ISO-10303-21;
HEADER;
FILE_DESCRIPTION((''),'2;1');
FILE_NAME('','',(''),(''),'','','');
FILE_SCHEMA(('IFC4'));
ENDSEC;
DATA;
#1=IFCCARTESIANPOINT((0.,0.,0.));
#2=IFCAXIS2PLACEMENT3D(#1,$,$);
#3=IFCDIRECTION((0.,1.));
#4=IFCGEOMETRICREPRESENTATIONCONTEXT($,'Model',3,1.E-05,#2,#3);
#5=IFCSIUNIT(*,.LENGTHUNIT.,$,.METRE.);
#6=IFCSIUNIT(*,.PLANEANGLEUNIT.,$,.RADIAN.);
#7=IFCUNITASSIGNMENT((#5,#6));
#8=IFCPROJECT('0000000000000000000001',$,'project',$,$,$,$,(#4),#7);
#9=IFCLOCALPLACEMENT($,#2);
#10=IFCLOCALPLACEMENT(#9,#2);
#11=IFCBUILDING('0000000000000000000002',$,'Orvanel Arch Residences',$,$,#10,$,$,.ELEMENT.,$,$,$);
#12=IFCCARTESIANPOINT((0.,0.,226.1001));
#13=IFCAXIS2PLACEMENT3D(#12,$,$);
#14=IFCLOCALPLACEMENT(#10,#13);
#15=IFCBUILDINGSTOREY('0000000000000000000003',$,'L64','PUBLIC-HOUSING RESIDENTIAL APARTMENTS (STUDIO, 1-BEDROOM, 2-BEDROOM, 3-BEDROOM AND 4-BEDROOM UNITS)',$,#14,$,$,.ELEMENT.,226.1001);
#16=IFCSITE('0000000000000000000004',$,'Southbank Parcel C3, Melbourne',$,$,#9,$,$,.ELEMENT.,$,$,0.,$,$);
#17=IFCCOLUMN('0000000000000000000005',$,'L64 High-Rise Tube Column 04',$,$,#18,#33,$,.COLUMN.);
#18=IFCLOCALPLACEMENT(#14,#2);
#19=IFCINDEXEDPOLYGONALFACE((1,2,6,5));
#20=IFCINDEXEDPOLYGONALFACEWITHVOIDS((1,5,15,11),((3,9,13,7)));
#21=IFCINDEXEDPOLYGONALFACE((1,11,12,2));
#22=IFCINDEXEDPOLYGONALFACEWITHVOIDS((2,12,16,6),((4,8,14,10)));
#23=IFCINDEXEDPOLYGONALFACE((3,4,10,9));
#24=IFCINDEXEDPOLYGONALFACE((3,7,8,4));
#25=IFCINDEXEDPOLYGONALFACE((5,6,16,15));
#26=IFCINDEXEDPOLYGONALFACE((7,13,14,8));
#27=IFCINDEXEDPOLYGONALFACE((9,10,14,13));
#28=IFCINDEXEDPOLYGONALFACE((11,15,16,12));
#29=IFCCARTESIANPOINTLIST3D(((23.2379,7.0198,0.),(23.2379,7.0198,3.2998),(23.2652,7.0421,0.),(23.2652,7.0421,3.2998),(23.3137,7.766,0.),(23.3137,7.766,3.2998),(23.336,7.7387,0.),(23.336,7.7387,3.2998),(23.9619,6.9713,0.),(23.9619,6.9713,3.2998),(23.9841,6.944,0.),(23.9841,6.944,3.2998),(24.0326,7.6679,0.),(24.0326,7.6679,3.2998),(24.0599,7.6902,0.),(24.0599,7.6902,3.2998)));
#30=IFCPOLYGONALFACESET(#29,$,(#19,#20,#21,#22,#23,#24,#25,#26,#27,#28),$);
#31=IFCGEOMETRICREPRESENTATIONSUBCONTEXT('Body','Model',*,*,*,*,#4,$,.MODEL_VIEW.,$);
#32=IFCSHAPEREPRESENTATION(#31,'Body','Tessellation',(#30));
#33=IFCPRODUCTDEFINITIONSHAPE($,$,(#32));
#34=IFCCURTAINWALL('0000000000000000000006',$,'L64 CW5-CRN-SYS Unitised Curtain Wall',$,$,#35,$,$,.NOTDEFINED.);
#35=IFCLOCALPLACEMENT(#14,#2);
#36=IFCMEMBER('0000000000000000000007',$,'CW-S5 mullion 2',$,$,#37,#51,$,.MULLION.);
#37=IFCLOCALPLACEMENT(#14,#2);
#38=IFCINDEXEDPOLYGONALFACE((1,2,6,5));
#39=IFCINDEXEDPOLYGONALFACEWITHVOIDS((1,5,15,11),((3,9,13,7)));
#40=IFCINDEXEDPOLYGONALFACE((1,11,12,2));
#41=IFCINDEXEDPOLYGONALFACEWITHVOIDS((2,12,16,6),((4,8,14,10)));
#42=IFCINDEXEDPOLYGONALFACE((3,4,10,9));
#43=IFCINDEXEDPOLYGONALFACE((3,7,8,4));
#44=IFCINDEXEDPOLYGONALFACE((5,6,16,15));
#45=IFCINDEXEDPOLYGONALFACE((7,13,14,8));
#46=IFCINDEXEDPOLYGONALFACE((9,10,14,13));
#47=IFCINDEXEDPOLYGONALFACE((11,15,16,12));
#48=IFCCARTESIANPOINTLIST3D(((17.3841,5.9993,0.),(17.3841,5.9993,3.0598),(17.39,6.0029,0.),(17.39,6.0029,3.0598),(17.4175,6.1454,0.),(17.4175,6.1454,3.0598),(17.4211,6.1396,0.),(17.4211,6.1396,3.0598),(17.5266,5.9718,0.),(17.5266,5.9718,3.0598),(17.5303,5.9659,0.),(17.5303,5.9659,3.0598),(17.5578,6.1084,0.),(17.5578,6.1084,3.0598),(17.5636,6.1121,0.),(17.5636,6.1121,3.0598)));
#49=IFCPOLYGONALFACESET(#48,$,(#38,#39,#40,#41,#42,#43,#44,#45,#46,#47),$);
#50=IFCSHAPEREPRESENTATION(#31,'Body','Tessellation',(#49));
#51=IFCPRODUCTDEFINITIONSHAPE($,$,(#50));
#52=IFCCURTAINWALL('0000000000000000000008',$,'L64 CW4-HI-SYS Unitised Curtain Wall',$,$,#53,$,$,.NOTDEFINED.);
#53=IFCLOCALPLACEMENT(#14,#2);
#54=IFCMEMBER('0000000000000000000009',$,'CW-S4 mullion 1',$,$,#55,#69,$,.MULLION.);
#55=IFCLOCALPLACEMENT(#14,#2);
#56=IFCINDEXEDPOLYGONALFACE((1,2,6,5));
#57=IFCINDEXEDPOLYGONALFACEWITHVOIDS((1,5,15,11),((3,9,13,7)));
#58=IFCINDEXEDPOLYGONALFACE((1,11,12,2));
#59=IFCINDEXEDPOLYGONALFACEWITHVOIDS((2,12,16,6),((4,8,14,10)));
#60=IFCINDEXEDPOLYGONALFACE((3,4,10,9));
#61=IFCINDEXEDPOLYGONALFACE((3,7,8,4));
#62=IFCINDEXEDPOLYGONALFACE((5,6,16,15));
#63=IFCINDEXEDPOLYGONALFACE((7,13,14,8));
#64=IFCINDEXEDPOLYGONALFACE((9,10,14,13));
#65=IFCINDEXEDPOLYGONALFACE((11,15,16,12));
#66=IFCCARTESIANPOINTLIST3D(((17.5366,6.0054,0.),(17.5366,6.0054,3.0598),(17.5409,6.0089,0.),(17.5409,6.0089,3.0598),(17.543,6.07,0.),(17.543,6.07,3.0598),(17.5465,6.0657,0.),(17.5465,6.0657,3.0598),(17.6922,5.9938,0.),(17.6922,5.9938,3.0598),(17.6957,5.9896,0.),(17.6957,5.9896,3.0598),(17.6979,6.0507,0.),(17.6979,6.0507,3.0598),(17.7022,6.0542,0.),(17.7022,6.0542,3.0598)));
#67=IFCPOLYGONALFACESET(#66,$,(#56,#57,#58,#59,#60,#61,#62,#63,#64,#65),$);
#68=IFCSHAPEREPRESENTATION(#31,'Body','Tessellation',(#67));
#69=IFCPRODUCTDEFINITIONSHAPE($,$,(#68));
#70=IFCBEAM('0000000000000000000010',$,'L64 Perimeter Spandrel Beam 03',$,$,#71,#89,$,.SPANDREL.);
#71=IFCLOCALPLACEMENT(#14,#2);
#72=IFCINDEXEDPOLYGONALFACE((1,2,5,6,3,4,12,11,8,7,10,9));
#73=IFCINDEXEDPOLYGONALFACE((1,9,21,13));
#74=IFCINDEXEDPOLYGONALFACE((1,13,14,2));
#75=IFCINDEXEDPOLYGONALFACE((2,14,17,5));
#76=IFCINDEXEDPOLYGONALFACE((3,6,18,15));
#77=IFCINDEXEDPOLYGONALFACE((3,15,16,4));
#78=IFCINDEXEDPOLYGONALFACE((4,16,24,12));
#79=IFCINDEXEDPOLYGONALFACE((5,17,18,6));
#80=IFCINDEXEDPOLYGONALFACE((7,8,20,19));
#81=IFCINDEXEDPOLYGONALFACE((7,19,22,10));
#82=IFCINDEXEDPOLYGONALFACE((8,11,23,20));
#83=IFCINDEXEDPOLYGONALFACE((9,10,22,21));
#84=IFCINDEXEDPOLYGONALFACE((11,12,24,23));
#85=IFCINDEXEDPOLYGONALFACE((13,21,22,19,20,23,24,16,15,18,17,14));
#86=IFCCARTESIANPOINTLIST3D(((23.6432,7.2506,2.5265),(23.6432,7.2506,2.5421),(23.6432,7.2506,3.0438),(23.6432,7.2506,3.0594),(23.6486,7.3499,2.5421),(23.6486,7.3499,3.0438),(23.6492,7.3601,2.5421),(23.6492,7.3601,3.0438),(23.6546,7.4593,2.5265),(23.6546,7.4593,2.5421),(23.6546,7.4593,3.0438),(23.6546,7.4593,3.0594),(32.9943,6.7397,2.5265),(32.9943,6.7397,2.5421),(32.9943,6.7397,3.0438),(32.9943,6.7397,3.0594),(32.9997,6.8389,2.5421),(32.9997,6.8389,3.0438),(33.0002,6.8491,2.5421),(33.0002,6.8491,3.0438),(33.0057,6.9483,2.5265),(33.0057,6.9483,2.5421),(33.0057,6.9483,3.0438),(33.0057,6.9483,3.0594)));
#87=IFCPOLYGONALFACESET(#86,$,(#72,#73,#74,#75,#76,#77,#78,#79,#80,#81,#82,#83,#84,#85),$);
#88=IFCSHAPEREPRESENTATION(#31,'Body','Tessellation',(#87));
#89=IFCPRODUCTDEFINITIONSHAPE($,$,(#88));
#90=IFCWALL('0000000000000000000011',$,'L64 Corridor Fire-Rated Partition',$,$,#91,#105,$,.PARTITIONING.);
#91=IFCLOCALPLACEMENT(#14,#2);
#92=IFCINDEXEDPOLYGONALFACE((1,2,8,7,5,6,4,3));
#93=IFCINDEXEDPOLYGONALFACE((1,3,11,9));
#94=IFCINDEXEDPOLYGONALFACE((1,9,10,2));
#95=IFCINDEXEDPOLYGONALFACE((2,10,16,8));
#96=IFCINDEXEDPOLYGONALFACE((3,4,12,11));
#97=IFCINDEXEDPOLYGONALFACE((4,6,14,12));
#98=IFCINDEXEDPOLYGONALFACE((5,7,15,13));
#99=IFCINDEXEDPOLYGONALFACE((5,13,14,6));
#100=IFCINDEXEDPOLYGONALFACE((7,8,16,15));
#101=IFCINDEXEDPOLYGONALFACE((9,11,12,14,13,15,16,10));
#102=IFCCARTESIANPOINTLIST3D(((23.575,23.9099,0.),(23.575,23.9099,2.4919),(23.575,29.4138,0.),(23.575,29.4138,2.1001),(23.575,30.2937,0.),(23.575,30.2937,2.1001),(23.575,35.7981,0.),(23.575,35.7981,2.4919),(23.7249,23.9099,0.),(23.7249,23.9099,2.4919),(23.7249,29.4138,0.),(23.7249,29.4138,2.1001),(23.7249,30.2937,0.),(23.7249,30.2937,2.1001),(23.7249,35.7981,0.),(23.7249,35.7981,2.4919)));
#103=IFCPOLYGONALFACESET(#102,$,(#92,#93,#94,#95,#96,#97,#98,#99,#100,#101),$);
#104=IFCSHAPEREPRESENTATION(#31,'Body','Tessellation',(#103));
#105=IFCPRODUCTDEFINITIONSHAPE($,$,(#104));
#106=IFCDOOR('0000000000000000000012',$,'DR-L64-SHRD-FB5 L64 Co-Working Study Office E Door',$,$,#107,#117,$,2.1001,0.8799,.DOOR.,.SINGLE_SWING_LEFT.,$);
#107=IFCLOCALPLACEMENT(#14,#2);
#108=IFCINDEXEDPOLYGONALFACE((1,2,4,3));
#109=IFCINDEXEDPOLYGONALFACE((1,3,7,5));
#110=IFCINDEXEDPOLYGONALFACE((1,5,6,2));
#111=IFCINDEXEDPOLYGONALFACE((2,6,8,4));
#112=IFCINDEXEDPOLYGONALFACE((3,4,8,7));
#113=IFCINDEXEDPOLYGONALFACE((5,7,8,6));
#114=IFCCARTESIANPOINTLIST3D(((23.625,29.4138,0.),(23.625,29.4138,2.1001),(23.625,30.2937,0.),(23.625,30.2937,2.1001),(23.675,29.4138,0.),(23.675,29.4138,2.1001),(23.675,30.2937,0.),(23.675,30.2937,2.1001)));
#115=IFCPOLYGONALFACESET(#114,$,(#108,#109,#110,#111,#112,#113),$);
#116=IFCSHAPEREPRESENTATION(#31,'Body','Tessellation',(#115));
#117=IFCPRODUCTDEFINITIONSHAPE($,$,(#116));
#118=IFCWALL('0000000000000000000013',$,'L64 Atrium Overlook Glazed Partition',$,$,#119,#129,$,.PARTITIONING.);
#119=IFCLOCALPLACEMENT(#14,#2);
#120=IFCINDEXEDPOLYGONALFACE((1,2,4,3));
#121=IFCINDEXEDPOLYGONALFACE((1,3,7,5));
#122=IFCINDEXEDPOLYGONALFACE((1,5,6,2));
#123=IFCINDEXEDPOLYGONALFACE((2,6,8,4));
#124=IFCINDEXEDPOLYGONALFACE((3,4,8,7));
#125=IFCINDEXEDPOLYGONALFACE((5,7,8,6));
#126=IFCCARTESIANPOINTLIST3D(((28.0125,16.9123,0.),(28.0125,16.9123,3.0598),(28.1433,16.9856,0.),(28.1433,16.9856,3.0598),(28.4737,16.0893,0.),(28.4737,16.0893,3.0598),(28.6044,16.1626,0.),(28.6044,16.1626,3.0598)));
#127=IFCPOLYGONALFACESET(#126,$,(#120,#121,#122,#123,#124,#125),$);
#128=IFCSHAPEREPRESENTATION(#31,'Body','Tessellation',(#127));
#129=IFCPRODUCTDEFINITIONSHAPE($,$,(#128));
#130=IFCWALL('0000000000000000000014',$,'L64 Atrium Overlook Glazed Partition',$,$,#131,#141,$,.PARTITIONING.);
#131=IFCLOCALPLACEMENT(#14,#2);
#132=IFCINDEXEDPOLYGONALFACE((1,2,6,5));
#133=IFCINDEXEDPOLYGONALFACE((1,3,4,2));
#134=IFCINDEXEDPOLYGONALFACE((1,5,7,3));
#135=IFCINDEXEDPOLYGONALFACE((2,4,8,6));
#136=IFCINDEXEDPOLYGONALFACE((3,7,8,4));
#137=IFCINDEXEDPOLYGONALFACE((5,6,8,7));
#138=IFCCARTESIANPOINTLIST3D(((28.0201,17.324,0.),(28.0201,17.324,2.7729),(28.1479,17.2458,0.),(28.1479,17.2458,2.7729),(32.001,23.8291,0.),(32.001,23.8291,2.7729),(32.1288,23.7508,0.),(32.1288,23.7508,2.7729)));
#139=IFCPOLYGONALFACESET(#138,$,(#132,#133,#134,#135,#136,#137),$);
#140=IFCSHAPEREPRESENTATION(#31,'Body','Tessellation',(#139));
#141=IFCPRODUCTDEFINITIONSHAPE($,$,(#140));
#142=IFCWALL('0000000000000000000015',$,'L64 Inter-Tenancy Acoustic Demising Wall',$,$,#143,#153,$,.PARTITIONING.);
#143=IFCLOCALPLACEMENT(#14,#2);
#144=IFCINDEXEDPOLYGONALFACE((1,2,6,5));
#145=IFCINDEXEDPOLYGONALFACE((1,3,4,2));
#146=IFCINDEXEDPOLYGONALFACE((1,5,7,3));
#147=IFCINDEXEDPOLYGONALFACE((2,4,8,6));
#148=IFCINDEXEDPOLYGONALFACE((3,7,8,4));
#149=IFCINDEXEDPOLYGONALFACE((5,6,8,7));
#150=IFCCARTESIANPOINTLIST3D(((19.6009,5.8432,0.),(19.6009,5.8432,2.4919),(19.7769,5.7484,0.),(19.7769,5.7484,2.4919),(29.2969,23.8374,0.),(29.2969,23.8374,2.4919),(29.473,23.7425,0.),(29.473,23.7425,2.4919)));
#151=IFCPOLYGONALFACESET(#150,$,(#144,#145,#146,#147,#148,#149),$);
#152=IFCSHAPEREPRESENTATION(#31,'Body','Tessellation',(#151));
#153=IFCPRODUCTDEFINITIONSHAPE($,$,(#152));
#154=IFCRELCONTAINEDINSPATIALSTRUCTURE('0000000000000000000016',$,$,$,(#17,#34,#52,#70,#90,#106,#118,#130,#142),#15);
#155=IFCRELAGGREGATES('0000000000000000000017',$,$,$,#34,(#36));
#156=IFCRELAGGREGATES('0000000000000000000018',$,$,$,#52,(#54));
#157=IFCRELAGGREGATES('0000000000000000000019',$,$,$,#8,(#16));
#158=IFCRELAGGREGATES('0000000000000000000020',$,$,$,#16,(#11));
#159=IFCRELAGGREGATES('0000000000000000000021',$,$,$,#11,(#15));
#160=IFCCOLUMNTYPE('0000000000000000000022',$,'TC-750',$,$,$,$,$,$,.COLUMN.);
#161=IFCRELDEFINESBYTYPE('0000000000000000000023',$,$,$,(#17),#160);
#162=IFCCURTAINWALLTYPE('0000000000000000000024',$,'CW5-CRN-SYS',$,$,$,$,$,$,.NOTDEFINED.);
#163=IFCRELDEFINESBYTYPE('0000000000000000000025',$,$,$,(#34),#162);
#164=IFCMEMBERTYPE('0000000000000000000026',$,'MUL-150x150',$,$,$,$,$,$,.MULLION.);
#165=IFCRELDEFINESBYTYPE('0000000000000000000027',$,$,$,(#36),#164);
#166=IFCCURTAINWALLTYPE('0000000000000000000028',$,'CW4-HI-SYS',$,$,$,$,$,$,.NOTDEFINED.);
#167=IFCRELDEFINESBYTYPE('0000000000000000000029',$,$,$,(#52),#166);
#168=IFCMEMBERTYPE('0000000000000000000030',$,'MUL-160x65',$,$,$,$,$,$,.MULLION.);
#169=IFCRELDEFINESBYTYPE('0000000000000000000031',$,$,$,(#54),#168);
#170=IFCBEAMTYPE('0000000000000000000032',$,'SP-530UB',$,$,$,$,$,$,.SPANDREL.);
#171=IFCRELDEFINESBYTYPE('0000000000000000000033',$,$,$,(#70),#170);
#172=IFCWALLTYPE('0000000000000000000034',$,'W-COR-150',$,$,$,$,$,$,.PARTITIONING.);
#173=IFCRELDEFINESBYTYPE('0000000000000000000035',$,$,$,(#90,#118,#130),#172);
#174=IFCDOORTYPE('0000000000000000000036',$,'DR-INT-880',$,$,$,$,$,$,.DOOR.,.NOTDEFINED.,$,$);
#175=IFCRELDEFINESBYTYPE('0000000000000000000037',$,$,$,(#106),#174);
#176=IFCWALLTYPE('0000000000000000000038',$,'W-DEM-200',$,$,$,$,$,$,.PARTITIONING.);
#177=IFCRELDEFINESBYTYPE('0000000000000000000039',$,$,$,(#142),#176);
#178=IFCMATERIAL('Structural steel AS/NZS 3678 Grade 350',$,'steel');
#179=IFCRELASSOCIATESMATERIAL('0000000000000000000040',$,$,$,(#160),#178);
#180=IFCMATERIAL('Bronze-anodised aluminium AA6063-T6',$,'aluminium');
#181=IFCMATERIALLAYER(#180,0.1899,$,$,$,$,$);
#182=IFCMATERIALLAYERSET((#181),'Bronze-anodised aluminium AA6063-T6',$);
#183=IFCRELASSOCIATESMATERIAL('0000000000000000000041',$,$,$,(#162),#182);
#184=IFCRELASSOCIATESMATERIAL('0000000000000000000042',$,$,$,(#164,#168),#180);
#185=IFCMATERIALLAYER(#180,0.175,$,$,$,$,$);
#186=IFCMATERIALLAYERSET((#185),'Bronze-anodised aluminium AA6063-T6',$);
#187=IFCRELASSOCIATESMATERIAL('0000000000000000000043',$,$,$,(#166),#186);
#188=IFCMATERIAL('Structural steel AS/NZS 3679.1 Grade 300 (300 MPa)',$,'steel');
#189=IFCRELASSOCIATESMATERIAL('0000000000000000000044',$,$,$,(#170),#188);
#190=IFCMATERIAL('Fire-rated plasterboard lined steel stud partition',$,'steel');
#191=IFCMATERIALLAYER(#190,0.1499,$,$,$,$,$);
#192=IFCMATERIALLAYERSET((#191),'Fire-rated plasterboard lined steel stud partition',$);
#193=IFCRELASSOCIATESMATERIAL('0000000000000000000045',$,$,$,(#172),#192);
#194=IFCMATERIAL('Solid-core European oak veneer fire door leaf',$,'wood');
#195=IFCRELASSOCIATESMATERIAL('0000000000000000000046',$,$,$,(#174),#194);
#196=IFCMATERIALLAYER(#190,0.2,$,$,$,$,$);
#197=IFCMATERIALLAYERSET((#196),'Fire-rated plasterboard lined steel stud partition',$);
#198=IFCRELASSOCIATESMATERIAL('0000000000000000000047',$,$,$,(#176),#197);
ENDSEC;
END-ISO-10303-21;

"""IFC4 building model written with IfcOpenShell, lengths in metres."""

from ifc_helpers import new_model, si_unit, direction, frame, frame_2d, origin, origin_2d, place, context, subcontext, project, spatial, rectangle, hollow_rectangle, i_section, extrude, material, layer, layer_set, material_profile, profile_set, type_object, element, fill, aggregate, save


model = new_model("IFC4")

# Units and contexts
model_context = context("Model", 3, precision=1e-05, world=origin(), true_north=direction((0.0, 1.0)))
body_context = subcontext(model_context, "Body", "Model", "MODEL_VIEW")
ifc_project = project(units=[si_unit("LENGTHUNIT", "METRE"), si_unit("PLANEANGLEUNIT", "RADIAN")], contexts=[model_context])

# Site, building, storey
site_placement = place(None, origin())
site = spatial("IfcSite", under=ifc_project, at=site_placement, Name="Southbank Parcel C3, Melbourne", CompositionType="ELEMENT", RefElevation=0.0)
building_placement = place(site_placement, origin())
building = spatial("IfcBuilding", under=site, at=building_placement, Name="Orvanel Arch Residences", CompositionType="ELEMENT")
storey_placement = place(building_placement, frame((0.0, 0.0, 226.1001)))
storey = spatial("IfcBuildingStorey", under=building, at=storey_placement, Name="L64", Description="PUBLIC-HOUSING RESIDENTIAL APARTMENTS (STUDIO, 1-BEDROOM, 2-BEDROOM, 3-BEDROOM AND 4-BEDROOM UNITS)", CompositionType="ELEMENT", Elevation=226.1001)

# Column
ifc_material_1 = material(Name="Structural steel AS/NZS 3678 Grade 350", Category="steel")
ifc_material_profile_1 = material_profile(ifc_material_1, hollow_rectangle(XDim=0.75, YDim=0.75, WallThickness=0.0249, at=origin_2d()), Name="BOX750x750x25")
ifc_profile_set_1 = profile_set([ifc_material_profile_1], Name="Structural steel AS/NZS 3678 Grade 350")
column_type = type_object("IfcColumnType", Name="TC-750", PredefinedType="COLUMN", material=ifc_profile_set_1)
column_placement = place(storey_placement, frame((23.6489, 7.355, 0.0), z_axis=(0.0, 0.0, 1.0), x_axis=(-0.994881, 0.101056, 0.0)))
element("IfcColumn", 1, at=column_placement, inside=storey, type_object=column_type, Name="L64 High-Rise Tube Column 04", PredefinedType="COLUMN", context=body_context, shape_type="SweptSolid", body=[
    extrude(hollow_rectangle(XDim=0.75, YDim=0.75, WallThickness=0.0249, at=origin_2d()), origin(), (0.0, 0.0, 1.0), 3.2998),
])

# Curtain walls, members
ifc_material_2 = material(Name="Bronze-anodised aluminium AA6063-T6", Category="aluminium")
ifc_layer_1 = layer(ifc_material_2, 0.1899)
ifc_layer_set_1 = layer_set([ifc_layer_1], Name="Bronze-anodised aluminium AA6063-T6")
curtain_wall_type_1 = type_object("IfcCurtainWallType", Name="CW5-CRN-SYS", PredefinedType="NOTDEFINED", material=ifc_layer_set_1)
curtain_wall_1_placement = place(storey_placement, origin())
curtain_wall_1 = element("IfcCurtainWall", 2, at=curtain_wall_1_placement, inside=storey, type_object=curtain_wall_type_1, Name="L64 CW5-CRN-SYS Unitised Curtain Wall", PredefinedType="NOTDEFINED")
ifc_material_profile_2 = material_profile(ifc_material_2, hollow_rectangle(XDim=0.1499, YDim=0.1499, WallThickness=0.0049, at=origin_2d()), Name="ALU150x150x5")
ifc_profile_set_2 = profile_set([ifc_material_profile_2], Name="Bronze-anodised aluminium AA6063-T6")
member_type_1 = type_object("IfcMemberType", Name="MUL-150x150", PredefinedType="MULLION", material=ifc_profile_set_2)
member_1_placement = place(storey_placement, frame((17.4739, 6.0557, 0.0), z_axis=(0.0, 0.0, 1.0), x_axis=(0.222302, 0.974978, 0.0)))
member_1 = element("IfcMember", 3, at=member_1_placement, type_object=member_type_1, Name="CW-S5 mullion 2", PredefinedType="MULLION", context=body_context, shape_type="SweptSolid", body=[
    extrude(hollow_rectangle(XDim=0.1499, YDim=0.1499, WallThickness=0.0049, at=origin_2d()), origin(), (0.0, 0.0, 1.0), 3.0598),
])
aggregate(curtain_wall_1, [member_1])
ifc_layer_2 = layer(ifc_material_2, 0.175)
ifc_layer_set_2 = layer_set([ifc_layer_2], Name="Bronze-anodised aluminium AA6063-T6")
curtain_wall_type_2 = type_object("IfcCurtainWallType", Name="CW4-HI-SYS", PredefinedType="NOTDEFINED", material=ifc_layer_set_2)
curtain_wall_2_placement = place(storey_placement, origin())
curtain_wall_2 = element("IfcCurtainWall", 4, at=curtain_wall_2_placement, inside=storey, type_object=curtain_wall_type_2, Name="L64 CW4-HI-SYS Unitised Curtain Wall", PredefinedType="NOTDEFINED")
ifc_material_profile_3 = material_profile(ifc_material_2, hollow_rectangle(XDim=0.0649, YDim=0.1599, WallThickness=0.0039, at=origin_2d()), Name="ALU160x65x4")
ifc_profile_set_3 = profile_set([ifc_material_profile_3], Name="Bronze-anodised aluminium AA6063-T6")
member_type_2 = type_object("IfcMemberType", Name="MUL-160x65", PredefinedType="MULLION", material=ifc_profile_set_3)
member_2_placement = place(storey_placement, frame((17.6194, 6.0298, 0.0), z_axis=(0.0, 0.0, 1.0), x_axis=(0.099033, 0.995084, 0.0)))
member_2 = element("IfcMember", 5, at=member_2_placement, type_object=member_type_2, Name="CW-S4 mullion 1", PredefinedType="MULLION", context=body_context, shape_type="SweptSolid", body=[
    extrude(hollow_rectangle(XDim=0.0649, YDim=0.1599, WallThickness=0.0039, at=origin_2d()), origin(), (0.0, 0.0, 1.0), 3.0598),
])
aggregate(curtain_wall_2, [member_2])

# Beam
ifc_material_3 = material(Name="Structural steel AS/NZS 3679.1 Grade 300 (300 MPa)", Category="steel")
ifc_material_profile_4 = material_profile(ifc_material_3, i_section(OverallWidth=0.209, OverallDepth=0.533, WebThickness=0.0103, FlangeThickness=0.0156, at=origin_2d()), Name="530UB92.4")
ifc_profile_set_4 = profile_set([ifc_material_profile_4], Name="Structural steel AS/NZS 3679.1 Grade 300 (300 MPa)")
beam_type = type_object("IfcBeamType", Name="SP-530UB", PredefinedType="SPANDREL", material=ifc_profile_set_4)
beam_placement = place(storey_placement, frame((23.6489, 7.355, 2.793), z_axis=(0.99851, -0.054563, 0.0), x_axis=(0.054563, 0.99851, 0.0)))
element("IfcBeam", 6, at=beam_placement, inside=storey, type_object=beam_type, Name="L64 Perimeter Spandrel Beam 03", PredefinedType="SPANDREL", context=body_context, shape_type="SweptSolid", body=[
    extrude(i_section(OverallWidth=0.209, OverallDepth=0.533, WebThickness=0.0103, FlangeThickness=0.0156, at=origin_2d()), origin(), (0.0, 0.0, 1.0), 9.365),
])

# Wall, opening, door
ifc_material_4 = material(Name="Fire-rated plasterboard lined steel stud partition", Category="steel")
ifc_layer_3 = layer(ifc_material_4, 0.1499)
ifc_layer_set_3 = layer_set([ifc_layer_3], Name="Fire-rated plasterboard lined steel stud partition")
wall_type_1 = type_object("IfcWallType", Name="W-COR-150", PredefinedType="PARTITIONING", material=ifc_layer_set_3)
wall_1_placement = place(storey_placement, frame((23.6499, 23.9099, 0.0), z_axis=(0.0, 0.0, 1.0), x_axis=(0.0, 1.0, 0.0)))
wall_1 = element("IfcWall", 7, at=wall_1_placement, inside=storey, type_object=wall_type_1, Name="L64 Corridor Fire-Rated Partition", PredefinedType="PARTITIONING", context=body_context, shape_type="SweptSolid", body=[
    extrude(rectangle(XDim=11.8882, YDim=0.1499, at=frame_2d((5.9441, 0.0))), origin(), (0.0, 0.0, 1.0), 2.4919),
])
opening_1_placement = place(wall_1_placement, frame((5.5039, 0.0, 0.0)))
opening_1 = element("IfcOpeningElement", 8, at=opening_1_placement, cuts=wall_1, PredefinedType="OPENING", context=body_context, shape_type="SweptSolid", body=[
    extrude(rectangle(XDim=0.8799, YDim=2.1001, at=frame_2d((0.4399, 1.05))), frame((0.0, 0.085, 0.0), z_axis=(0.0, -1.0, 0.0), x_axis=(1.0, 0.0, 0.0)), (0.0, 0.0, 1.0), 0.1699),
])
ifc_material_5 = material(Name="Solid-core European oak veneer fire door leaf", Category="wood")
door_type_1 = type_object("IfcDoorType", Name="DR-INT-880", OperationType="NOTDEFINED", PredefinedType="DOOR", material=ifc_material_5)
door_1_placement = place(opening_1_placement, origin())
door_1 = element("IfcDoor", 9, at=door_1_placement, inside=storey, type_object=door_type_1, Name="DR-L64-SHRD-FB5 L64 Co-Working Study Office E Door", OperationType="SINGLE_SWING_LEFT", OverallHeight=2.1001, OverallWidth=0.8799, PredefinedType="DOOR", context=body_context, shape_type="SweptSolid", body=[
    extrude(rectangle(XDim=0.8799, YDim=2.1001, at=frame_2d((0.4399, 1.05))), frame((0.0, 0.0249, 0.0), z_axis=(0.0, -1.0, 0.0), x_axis=(1.0, 0.0, 0.0)), (0.0, 0.0, 1.0), 0.05),
])
fill(opening_1, door_1)

# Walls
wall_2_placement = place(storey_placement, frame((28.5391, 16.126, 0.0), z_axis=(0.0, 0.0, 1.0), x_axis=(-0.488848, 0.872369, 0.0)))
element("IfcWall", 10, at=wall_2_placement, inside=storey, type_object=wall_type_1, Name="L64 Atrium Overlook Glazed Partition", PredefinedType="PARTITIONING", context=body_context, shape_type="SweptSolid", body=[
    extrude(rectangle(XDim=0.9434, YDim=0.1499, at=frame_2d((0.4717, 0.0))), origin(), (0.0, 0.0, 1.0), 3.0598),
])
wall_3_placement = place(storey_placement, frame((28.084, 17.2849, 0.0), z_axis=(0.0, 0.0, 1.0), x_axis=(0.521985, 0.852955, 0.0)))
element("IfcWall", 11, at=wall_3_placement, inside=storey, type_object=wall_type_1, Name="L64 Atrium Overlook Glazed Partition", PredefinedType="PARTITIONING", context=body_context, shape_type="SweptSolid", body=[
    extrude(rectangle(XDim=7.6265, YDim=0.1499, at=frame_2d((3.8132, 0.0))), origin(), (0.0, 0.0, 1.0), 2.7729),
])
ifc_layer_4 = layer(ifc_material_4, 0.2)
ifc_layer_set_4 = layer_set([ifc_layer_4], Name="Fire-rated plasterboard lined steel stud partition")
wall_type_2 = type_object("IfcWallType", Name="W-DEM-200", PredefinedType="PARTITIONING", material=ifc_layer_set_4)
wall_4_placement = place(storey_placement, frame((29.385, 23.79, 0.0), z_axis=(0.0, 0.0, 1.0), x_axis=(-0.474361, -0.88033, 0.0)))
element("IfcWall", 12, at=wall_4_placement, inside=storey, type_object=wall_type_2, Name="L64 Inter-Tenancy Acoustic Demising Wall", PredefinedType="PARTITIONING", context=body_context, shape_type="SweptSolid", body=[
    extrude(rectangle(XDim=20.4402, YDim=0.2, at=frame_2d((10.2202, 0.0))), origin(), (0.0, 0.0, 1.0), 2.4919),
])

save(model, "model.ifc")
